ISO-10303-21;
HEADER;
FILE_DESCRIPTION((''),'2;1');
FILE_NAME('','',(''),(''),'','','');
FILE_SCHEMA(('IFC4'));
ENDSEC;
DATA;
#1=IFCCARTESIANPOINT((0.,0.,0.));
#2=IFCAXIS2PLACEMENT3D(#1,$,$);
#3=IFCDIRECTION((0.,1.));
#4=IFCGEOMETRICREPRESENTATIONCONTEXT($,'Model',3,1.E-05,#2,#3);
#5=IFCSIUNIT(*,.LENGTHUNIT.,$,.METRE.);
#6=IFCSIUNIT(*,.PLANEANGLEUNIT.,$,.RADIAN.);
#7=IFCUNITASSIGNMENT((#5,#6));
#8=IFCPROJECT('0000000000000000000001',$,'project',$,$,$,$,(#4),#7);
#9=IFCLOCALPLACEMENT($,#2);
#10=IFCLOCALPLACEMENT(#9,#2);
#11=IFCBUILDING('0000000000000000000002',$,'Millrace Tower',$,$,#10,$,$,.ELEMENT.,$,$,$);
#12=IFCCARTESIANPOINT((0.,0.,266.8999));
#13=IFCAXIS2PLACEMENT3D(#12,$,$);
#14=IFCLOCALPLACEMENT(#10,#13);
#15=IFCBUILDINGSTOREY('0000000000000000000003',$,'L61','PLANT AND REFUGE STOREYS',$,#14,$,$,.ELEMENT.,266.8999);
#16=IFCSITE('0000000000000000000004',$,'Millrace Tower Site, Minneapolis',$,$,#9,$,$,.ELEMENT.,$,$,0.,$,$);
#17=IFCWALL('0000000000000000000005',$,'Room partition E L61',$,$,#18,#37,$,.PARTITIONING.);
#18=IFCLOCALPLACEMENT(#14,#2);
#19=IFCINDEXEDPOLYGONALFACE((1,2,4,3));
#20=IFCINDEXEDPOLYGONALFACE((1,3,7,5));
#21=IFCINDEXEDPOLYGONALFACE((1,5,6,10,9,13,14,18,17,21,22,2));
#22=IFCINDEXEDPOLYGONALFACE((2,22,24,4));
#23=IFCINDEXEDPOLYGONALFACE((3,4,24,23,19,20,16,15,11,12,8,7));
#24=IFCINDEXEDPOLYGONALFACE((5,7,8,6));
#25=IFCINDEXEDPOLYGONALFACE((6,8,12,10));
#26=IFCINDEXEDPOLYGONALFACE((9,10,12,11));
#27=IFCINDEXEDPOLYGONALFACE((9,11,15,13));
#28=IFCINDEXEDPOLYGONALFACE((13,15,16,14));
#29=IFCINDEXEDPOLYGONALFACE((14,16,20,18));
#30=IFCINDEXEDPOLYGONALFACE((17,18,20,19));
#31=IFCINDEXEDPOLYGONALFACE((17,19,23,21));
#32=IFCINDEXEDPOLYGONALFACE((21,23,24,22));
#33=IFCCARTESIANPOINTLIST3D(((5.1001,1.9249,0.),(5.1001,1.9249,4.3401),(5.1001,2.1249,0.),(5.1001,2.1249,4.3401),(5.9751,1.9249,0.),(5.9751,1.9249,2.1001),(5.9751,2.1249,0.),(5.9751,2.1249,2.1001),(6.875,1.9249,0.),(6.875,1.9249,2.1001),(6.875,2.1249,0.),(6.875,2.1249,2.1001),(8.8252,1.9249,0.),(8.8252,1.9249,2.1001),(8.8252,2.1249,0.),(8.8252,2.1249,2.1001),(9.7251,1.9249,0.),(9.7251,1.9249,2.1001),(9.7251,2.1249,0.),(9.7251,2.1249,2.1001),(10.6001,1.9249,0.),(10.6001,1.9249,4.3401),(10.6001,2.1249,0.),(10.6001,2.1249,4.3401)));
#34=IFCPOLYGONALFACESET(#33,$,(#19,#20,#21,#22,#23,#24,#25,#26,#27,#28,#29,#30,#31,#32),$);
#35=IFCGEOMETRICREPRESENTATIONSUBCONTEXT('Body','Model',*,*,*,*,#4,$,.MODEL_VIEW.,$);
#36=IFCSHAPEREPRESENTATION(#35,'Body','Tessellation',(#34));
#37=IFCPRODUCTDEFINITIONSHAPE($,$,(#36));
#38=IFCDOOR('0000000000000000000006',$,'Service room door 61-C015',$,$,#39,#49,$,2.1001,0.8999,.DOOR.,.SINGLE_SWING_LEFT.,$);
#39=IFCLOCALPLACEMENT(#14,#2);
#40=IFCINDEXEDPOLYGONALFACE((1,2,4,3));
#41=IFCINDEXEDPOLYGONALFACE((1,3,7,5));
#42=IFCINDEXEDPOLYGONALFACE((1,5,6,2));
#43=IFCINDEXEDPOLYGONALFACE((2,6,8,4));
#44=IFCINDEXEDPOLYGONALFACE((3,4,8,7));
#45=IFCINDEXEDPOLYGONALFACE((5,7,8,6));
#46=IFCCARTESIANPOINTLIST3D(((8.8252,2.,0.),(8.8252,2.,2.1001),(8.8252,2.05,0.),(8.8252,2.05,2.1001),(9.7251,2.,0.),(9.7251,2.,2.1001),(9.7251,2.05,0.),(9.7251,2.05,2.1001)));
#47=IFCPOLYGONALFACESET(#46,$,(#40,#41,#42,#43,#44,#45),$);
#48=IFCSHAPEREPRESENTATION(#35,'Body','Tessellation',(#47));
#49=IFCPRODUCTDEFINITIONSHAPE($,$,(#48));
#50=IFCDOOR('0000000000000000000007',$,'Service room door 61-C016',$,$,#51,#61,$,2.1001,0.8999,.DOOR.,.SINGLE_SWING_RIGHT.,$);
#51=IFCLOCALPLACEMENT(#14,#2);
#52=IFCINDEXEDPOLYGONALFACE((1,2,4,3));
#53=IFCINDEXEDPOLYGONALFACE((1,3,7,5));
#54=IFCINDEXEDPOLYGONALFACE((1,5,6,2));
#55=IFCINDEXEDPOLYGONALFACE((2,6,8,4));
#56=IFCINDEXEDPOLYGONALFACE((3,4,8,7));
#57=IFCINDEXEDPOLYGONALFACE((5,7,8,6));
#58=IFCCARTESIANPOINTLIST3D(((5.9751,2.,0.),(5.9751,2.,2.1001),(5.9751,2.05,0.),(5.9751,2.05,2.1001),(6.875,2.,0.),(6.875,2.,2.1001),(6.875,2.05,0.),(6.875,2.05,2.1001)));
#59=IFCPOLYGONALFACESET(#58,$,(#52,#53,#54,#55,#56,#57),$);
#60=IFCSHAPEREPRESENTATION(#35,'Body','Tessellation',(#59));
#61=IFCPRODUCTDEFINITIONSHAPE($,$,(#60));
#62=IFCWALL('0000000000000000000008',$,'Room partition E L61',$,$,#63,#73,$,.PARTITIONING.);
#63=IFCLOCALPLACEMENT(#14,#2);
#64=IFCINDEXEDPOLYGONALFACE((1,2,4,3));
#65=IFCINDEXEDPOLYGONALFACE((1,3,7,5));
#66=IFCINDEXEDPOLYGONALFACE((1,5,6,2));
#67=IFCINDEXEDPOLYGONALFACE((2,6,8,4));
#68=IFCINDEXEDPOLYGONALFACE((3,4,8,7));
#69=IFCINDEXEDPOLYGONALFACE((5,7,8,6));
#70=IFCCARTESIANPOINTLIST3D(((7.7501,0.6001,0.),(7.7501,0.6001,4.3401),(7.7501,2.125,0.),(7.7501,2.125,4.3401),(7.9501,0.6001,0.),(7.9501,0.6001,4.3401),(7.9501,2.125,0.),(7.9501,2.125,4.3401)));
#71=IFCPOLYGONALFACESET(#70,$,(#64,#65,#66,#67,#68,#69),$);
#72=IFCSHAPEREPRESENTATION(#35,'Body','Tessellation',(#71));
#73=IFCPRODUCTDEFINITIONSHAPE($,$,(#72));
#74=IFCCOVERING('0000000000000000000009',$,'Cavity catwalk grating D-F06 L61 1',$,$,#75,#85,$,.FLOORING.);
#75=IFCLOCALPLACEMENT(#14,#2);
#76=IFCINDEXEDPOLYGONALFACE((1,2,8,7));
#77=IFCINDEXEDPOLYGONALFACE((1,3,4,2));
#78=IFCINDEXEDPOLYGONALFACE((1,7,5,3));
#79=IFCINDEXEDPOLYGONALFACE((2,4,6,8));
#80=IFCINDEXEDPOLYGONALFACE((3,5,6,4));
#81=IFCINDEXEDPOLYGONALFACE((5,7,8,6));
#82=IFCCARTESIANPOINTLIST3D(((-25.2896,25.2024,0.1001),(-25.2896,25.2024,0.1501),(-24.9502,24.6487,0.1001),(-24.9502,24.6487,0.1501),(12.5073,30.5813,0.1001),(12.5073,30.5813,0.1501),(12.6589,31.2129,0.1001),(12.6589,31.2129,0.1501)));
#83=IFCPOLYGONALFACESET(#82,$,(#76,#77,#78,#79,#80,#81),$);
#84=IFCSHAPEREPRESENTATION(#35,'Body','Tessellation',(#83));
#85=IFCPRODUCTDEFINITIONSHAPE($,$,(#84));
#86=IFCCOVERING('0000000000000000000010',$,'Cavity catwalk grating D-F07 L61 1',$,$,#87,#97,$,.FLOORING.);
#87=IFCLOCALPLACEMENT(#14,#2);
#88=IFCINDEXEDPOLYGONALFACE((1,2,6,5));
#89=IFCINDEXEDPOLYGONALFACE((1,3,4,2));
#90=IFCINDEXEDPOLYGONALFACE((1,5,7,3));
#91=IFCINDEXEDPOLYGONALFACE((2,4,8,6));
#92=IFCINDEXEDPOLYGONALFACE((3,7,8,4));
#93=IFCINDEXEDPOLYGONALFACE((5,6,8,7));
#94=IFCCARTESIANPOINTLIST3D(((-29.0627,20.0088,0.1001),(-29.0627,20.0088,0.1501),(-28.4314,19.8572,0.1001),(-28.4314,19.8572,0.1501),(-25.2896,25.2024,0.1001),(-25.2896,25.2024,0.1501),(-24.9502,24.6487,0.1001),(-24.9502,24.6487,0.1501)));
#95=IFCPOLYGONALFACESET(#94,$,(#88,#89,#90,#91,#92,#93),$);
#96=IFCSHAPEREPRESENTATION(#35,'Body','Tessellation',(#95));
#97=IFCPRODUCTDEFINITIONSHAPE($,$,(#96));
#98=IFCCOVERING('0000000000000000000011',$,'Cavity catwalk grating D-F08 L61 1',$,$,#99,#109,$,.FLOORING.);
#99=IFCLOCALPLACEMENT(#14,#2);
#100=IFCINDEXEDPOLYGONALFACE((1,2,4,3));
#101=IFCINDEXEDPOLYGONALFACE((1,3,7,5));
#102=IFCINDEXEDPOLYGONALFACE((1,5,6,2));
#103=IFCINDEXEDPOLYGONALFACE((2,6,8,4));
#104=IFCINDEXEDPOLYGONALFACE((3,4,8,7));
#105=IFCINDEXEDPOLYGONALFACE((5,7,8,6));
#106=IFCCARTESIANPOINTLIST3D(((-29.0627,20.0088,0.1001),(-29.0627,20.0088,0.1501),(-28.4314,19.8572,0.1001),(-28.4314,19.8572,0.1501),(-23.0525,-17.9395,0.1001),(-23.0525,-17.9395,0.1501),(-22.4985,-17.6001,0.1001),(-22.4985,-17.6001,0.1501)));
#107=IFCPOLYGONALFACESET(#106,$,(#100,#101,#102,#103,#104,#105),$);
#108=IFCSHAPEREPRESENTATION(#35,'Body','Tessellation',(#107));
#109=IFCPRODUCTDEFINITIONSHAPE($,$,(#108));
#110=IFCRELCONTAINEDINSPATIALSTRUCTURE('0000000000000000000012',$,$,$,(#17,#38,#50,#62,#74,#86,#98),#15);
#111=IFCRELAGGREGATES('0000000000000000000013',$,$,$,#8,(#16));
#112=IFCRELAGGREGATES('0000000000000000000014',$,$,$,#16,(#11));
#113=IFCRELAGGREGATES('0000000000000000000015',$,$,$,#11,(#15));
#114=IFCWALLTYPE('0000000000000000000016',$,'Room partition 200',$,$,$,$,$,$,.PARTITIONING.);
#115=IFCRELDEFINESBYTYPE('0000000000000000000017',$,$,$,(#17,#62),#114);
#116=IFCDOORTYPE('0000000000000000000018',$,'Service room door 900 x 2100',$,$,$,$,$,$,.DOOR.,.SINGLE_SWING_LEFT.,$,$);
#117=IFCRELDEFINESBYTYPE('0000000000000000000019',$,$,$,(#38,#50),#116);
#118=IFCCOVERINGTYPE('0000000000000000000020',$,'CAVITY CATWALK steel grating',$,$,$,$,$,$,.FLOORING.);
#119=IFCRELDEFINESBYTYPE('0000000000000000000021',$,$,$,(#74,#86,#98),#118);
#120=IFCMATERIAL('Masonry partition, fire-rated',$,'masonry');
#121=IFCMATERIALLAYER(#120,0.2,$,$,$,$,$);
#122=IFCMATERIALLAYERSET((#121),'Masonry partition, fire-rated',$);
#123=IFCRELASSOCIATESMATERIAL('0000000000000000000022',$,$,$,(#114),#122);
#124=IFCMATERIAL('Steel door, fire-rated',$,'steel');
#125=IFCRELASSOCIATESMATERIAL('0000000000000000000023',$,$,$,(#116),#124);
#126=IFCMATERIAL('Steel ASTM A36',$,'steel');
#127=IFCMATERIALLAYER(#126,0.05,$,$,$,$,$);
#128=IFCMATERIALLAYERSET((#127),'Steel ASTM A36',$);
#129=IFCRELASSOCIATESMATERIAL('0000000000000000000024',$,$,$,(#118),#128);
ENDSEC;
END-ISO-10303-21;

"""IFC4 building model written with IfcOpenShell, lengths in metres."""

from ifc_helpers import new_model, si_unit, direction, frame, frame_2d, origin, place, context, subcontext, project, spatial, polyline, rectangle, outline, extrude, material, layer, layer_set, type_object, element, fill, save


model = new_model("IFC4")

# Units and contexts
model_context = context("Model", 3, precision=1e-05, world=origin(), true_north=direction((0.0, 1.0)))
body_context = subcontext(model_context, "Body", "Model", "MODEL_VIEW")
ifc_project = project(units=[si_unit("LENGTHUNIT", "METRE"), si_unit("PLANEANGLEUNIT", "RADIAN")], contexts=[model_context])

# Site, building, storey
site_placement = place(None, origin())
site = spatial("IfcSite", under=ifc_project, at=site_placement, Name="Millrace Tower Site, Minneapolis", CompositionType="ELEMENT", RefElevation=0.0)
building_placement = place(site_placement, origin())
building = spatial("IfcBuilding", under=site, at=building_placement, Name="Millrace Tower", CompositionType="ELEMENT")
storey_placement = place(building_placement, frame((0.0, 0.0, 266.8999)))
storey = spatial("IfcBuildingStorey", under=building, at=storey_placement, Name="L61", Description="PLANT AND REFUGE STOREYS", CompositionType="ELEMENT", Elevation=266.8999)

# Wall, openings, doors
ifc_material_1 = material(Name="Masonry partition, fire-rated", Category="masonry")
ifc_layer_1 = layer(ifc_material_1, 0.2)
ifc_layer_set_1 = layer_set([ifc_layer_1], Name="Masonry partition, fire-rated")
wall_type_1 = type_object("IfcWallType", Name="Room partition 200", PredefinedType="PARTITIONING", material=ifc_layer_set_1)
wall_1_placement = place(storey_placement, frame((10.6001, 2.0249, 0.0), z_axis=(0.0, 0.0, 1.0), x_axis=(-1.0, 0.0, 0.0)))
wall_1 = element("IfcWall", 1, at=wall_1_placement, inside=storey, type_object=wall_type_1, Name="Room partition E L61", PredefinedType="PARTITIONING", context=body_context, shape_type="SweptSolid", body=[
    extrude(rectangle(XDim=5.5, YDim=0.2, at=frame_2d((2.75, 0.0))), origin(), (0.0, 0.0, 1.0), 4.3401),
])
opening_1_placement = place(wall_1_placement, frame((0.875, 0.0, 0.0)))
opening_1 = element("IfcOpeningElement", 2, at=opening_1_placement, cuts=wall_1, PredefinedType="OPENING", context=body_context, shape_type="SweptSolid", body=[
    extrude(rectangle(XDim=0.8999, YDim=2.1001, at=frame_2d((0.45, 1.05))), frame((0.0, 0.1099, 0.0), z_axis=(0.0, -1.0, 0.0), x_axis=(1.0, 0.0, 0.0)), (0.0, 0.0, 1.0), 0.22),
])
opening_2_placement = place(wall_1_placement, frame((3.7251, 0.0, 0.0)))
opening_2 = element("IfcOpeningElement", 3, at=opening_2_placement, cuts=wall_1, PredefinedType="OPENING", context=body_context, shape_type="SweptSolid", body=[
    extrude(rectangle(XDim=0.8999, YDim=2.1001, at=frame_2d((0.45, 1.05))), frame((0.0, 0.1099, 0.0), z_axis=(0.0, -1.0, 0.0), x_axis=(1.0, 0.0, 0.0)), (0.0, 0.0, 1.0), 0.22),
])
ifc_material_2 = material(Name="Steel door, fire-rated", Category="steel")
door_type_1 = type_object("IfcDoorType", Name="Service room door 900 x 2100", OperationType="SINGLE_SWING_LEFT", PredefinedType="DOOR", material=ifc_material_2)
door_1_placement = place(opening_1_placement, origin())
door_1 = element("IfcDoor", 4, at=door_1_placement, inside=storey, type_object=door_type_1, Name="Service room door 61-C015", OperationType="SINGLE_SWING_LEFT", OverallHeight=2.1001, OverallWidth=0.8999, PredefinedType="DOOR", context=body_context, shape_type="SweptSolid", body=[
    extrude(rectangle(XDim=0.8999, YDim=2.1001, at=frame_2d((0.45, 1.05))), frame((0.0, 0.0249, 0.0), z_axis=(0.0, -1.0, 0.0), x_axis=(1.0, 0.0, 0.0)), (0.0, 0.0, 1.0), 0.05),
])
fill(opening_1, door_1)
door_2_placement = place(opening_2_placement, origin())
door_2 = element("IfcDoor", 5, at=door_2_placement, inside=storey, type_object=door_type_1, Name="Service room door 61-C016", OperationType="SINGLE_SWING_RIGHT", OverallHeight=2.1001, OverallWidth=0.8999, PredefinedType="DOOR", context=body_context, shape_type="SweptSolid", body=[
    extrude(rectangle(XDim=0.8999, YDim=2.1001, at=frame_2d((0.45, 1.05))), frame((0.0, 0.0249, 0.0), z_axis=(0.0, -1.0, 0.0), x_axis=(1.0, 0.0, 0.0)), (0.0, 0.0, 1.0), 0.05),
])
fill(opening_2, door_2)

# Wall
wall_2_placement = place(storey_placement, frame((7.8501, 2.125, 0.0), z_axis=(0.0, 0.0, 1.0), x_axis=(0.0, -1.0, 0.0)))
element("IfcWall", 6, at=wall_2_placement, inside=storey, type_object=wall_type_1, Name="Room partition E L61", PredefinedType="PARTITIONING", context=body_context, shape_type="SweptSolid", body=[
    extrude(rectangle(XDim=1.5249, YDim=0.2, at=frame_2d((0.7625, 0.0))), origin(), (0.0, 0.0, 1.0), 4.3401),
])

# Coverings
ifc_material_3 = material(Name="Steel ASTM A36", Category="steel")
ifc_layer_2 = layer(ifc_material_3, 0.05)
ifc_layer_set_2 = layer_set([ifc_layer_2], Name="Steel ASTM A36")
covering_type = type_object("IfcCoveringType", Name="CAVITY CATWALK steel grating", PredefinedType="FLOORING", material=ifc_layer_set_2)
placement_1 = place(storey_placement, frame((0.0, 0.0, 0.1001)))
element("IfcCovering", 7, at=placement_1, inside=storey, type_object=covering_type, Name="Cavity catwalk grating D-F06 L61 1", PredefinedType="FLOORING", context=body_context, shape_type="SweptSolid", body=[
    extrude(outline(polyline([(12.6589, 31.2129), (-25.2896, 25.2024), (-24.9502, 24.6487), (12.5073, 30.5813), (12.6589, 31.2129)])), origin(), (0.0, 0.0, 1.0), 0.05),
])
element("IfcCovering", 8, at=placement_1, inside=storey, type_object=covering_type, Name="Cavity catwalk grating D-F07 L61 1", PredefinedType="FLOORING", context=body_context, shape_type="SweptSolid", body=[
    extrude(outline(polyline([(-25.2896, 25.2024), (-29.0627, 20.0088), (-28.4314, 19.8572), (-24.9502, 24.6487), (-25.2896, 25.2024)])), origin(), (0.0, 0.0, 1.0), 0.05),
])
element("IfcCovering", 9, at=placement_1, inside=storey, type_object=covering_type, Name="Cavity catwalk grating D-F08 L61 1", PredefinedType="FLOORING", context=body_context, shape_type="SweptSolid", body=[
    extrude(outline(polyline([(-29.0627, 20.0088), (-23.0525, -17.9395), (-22.4985, -17.6001), (-28.4314, 19.8572), (-29.0627, 20.0088)])), origin(), (0.0, 0.0, 1.0), 0.05),
])

save(model, "model.ifc")
